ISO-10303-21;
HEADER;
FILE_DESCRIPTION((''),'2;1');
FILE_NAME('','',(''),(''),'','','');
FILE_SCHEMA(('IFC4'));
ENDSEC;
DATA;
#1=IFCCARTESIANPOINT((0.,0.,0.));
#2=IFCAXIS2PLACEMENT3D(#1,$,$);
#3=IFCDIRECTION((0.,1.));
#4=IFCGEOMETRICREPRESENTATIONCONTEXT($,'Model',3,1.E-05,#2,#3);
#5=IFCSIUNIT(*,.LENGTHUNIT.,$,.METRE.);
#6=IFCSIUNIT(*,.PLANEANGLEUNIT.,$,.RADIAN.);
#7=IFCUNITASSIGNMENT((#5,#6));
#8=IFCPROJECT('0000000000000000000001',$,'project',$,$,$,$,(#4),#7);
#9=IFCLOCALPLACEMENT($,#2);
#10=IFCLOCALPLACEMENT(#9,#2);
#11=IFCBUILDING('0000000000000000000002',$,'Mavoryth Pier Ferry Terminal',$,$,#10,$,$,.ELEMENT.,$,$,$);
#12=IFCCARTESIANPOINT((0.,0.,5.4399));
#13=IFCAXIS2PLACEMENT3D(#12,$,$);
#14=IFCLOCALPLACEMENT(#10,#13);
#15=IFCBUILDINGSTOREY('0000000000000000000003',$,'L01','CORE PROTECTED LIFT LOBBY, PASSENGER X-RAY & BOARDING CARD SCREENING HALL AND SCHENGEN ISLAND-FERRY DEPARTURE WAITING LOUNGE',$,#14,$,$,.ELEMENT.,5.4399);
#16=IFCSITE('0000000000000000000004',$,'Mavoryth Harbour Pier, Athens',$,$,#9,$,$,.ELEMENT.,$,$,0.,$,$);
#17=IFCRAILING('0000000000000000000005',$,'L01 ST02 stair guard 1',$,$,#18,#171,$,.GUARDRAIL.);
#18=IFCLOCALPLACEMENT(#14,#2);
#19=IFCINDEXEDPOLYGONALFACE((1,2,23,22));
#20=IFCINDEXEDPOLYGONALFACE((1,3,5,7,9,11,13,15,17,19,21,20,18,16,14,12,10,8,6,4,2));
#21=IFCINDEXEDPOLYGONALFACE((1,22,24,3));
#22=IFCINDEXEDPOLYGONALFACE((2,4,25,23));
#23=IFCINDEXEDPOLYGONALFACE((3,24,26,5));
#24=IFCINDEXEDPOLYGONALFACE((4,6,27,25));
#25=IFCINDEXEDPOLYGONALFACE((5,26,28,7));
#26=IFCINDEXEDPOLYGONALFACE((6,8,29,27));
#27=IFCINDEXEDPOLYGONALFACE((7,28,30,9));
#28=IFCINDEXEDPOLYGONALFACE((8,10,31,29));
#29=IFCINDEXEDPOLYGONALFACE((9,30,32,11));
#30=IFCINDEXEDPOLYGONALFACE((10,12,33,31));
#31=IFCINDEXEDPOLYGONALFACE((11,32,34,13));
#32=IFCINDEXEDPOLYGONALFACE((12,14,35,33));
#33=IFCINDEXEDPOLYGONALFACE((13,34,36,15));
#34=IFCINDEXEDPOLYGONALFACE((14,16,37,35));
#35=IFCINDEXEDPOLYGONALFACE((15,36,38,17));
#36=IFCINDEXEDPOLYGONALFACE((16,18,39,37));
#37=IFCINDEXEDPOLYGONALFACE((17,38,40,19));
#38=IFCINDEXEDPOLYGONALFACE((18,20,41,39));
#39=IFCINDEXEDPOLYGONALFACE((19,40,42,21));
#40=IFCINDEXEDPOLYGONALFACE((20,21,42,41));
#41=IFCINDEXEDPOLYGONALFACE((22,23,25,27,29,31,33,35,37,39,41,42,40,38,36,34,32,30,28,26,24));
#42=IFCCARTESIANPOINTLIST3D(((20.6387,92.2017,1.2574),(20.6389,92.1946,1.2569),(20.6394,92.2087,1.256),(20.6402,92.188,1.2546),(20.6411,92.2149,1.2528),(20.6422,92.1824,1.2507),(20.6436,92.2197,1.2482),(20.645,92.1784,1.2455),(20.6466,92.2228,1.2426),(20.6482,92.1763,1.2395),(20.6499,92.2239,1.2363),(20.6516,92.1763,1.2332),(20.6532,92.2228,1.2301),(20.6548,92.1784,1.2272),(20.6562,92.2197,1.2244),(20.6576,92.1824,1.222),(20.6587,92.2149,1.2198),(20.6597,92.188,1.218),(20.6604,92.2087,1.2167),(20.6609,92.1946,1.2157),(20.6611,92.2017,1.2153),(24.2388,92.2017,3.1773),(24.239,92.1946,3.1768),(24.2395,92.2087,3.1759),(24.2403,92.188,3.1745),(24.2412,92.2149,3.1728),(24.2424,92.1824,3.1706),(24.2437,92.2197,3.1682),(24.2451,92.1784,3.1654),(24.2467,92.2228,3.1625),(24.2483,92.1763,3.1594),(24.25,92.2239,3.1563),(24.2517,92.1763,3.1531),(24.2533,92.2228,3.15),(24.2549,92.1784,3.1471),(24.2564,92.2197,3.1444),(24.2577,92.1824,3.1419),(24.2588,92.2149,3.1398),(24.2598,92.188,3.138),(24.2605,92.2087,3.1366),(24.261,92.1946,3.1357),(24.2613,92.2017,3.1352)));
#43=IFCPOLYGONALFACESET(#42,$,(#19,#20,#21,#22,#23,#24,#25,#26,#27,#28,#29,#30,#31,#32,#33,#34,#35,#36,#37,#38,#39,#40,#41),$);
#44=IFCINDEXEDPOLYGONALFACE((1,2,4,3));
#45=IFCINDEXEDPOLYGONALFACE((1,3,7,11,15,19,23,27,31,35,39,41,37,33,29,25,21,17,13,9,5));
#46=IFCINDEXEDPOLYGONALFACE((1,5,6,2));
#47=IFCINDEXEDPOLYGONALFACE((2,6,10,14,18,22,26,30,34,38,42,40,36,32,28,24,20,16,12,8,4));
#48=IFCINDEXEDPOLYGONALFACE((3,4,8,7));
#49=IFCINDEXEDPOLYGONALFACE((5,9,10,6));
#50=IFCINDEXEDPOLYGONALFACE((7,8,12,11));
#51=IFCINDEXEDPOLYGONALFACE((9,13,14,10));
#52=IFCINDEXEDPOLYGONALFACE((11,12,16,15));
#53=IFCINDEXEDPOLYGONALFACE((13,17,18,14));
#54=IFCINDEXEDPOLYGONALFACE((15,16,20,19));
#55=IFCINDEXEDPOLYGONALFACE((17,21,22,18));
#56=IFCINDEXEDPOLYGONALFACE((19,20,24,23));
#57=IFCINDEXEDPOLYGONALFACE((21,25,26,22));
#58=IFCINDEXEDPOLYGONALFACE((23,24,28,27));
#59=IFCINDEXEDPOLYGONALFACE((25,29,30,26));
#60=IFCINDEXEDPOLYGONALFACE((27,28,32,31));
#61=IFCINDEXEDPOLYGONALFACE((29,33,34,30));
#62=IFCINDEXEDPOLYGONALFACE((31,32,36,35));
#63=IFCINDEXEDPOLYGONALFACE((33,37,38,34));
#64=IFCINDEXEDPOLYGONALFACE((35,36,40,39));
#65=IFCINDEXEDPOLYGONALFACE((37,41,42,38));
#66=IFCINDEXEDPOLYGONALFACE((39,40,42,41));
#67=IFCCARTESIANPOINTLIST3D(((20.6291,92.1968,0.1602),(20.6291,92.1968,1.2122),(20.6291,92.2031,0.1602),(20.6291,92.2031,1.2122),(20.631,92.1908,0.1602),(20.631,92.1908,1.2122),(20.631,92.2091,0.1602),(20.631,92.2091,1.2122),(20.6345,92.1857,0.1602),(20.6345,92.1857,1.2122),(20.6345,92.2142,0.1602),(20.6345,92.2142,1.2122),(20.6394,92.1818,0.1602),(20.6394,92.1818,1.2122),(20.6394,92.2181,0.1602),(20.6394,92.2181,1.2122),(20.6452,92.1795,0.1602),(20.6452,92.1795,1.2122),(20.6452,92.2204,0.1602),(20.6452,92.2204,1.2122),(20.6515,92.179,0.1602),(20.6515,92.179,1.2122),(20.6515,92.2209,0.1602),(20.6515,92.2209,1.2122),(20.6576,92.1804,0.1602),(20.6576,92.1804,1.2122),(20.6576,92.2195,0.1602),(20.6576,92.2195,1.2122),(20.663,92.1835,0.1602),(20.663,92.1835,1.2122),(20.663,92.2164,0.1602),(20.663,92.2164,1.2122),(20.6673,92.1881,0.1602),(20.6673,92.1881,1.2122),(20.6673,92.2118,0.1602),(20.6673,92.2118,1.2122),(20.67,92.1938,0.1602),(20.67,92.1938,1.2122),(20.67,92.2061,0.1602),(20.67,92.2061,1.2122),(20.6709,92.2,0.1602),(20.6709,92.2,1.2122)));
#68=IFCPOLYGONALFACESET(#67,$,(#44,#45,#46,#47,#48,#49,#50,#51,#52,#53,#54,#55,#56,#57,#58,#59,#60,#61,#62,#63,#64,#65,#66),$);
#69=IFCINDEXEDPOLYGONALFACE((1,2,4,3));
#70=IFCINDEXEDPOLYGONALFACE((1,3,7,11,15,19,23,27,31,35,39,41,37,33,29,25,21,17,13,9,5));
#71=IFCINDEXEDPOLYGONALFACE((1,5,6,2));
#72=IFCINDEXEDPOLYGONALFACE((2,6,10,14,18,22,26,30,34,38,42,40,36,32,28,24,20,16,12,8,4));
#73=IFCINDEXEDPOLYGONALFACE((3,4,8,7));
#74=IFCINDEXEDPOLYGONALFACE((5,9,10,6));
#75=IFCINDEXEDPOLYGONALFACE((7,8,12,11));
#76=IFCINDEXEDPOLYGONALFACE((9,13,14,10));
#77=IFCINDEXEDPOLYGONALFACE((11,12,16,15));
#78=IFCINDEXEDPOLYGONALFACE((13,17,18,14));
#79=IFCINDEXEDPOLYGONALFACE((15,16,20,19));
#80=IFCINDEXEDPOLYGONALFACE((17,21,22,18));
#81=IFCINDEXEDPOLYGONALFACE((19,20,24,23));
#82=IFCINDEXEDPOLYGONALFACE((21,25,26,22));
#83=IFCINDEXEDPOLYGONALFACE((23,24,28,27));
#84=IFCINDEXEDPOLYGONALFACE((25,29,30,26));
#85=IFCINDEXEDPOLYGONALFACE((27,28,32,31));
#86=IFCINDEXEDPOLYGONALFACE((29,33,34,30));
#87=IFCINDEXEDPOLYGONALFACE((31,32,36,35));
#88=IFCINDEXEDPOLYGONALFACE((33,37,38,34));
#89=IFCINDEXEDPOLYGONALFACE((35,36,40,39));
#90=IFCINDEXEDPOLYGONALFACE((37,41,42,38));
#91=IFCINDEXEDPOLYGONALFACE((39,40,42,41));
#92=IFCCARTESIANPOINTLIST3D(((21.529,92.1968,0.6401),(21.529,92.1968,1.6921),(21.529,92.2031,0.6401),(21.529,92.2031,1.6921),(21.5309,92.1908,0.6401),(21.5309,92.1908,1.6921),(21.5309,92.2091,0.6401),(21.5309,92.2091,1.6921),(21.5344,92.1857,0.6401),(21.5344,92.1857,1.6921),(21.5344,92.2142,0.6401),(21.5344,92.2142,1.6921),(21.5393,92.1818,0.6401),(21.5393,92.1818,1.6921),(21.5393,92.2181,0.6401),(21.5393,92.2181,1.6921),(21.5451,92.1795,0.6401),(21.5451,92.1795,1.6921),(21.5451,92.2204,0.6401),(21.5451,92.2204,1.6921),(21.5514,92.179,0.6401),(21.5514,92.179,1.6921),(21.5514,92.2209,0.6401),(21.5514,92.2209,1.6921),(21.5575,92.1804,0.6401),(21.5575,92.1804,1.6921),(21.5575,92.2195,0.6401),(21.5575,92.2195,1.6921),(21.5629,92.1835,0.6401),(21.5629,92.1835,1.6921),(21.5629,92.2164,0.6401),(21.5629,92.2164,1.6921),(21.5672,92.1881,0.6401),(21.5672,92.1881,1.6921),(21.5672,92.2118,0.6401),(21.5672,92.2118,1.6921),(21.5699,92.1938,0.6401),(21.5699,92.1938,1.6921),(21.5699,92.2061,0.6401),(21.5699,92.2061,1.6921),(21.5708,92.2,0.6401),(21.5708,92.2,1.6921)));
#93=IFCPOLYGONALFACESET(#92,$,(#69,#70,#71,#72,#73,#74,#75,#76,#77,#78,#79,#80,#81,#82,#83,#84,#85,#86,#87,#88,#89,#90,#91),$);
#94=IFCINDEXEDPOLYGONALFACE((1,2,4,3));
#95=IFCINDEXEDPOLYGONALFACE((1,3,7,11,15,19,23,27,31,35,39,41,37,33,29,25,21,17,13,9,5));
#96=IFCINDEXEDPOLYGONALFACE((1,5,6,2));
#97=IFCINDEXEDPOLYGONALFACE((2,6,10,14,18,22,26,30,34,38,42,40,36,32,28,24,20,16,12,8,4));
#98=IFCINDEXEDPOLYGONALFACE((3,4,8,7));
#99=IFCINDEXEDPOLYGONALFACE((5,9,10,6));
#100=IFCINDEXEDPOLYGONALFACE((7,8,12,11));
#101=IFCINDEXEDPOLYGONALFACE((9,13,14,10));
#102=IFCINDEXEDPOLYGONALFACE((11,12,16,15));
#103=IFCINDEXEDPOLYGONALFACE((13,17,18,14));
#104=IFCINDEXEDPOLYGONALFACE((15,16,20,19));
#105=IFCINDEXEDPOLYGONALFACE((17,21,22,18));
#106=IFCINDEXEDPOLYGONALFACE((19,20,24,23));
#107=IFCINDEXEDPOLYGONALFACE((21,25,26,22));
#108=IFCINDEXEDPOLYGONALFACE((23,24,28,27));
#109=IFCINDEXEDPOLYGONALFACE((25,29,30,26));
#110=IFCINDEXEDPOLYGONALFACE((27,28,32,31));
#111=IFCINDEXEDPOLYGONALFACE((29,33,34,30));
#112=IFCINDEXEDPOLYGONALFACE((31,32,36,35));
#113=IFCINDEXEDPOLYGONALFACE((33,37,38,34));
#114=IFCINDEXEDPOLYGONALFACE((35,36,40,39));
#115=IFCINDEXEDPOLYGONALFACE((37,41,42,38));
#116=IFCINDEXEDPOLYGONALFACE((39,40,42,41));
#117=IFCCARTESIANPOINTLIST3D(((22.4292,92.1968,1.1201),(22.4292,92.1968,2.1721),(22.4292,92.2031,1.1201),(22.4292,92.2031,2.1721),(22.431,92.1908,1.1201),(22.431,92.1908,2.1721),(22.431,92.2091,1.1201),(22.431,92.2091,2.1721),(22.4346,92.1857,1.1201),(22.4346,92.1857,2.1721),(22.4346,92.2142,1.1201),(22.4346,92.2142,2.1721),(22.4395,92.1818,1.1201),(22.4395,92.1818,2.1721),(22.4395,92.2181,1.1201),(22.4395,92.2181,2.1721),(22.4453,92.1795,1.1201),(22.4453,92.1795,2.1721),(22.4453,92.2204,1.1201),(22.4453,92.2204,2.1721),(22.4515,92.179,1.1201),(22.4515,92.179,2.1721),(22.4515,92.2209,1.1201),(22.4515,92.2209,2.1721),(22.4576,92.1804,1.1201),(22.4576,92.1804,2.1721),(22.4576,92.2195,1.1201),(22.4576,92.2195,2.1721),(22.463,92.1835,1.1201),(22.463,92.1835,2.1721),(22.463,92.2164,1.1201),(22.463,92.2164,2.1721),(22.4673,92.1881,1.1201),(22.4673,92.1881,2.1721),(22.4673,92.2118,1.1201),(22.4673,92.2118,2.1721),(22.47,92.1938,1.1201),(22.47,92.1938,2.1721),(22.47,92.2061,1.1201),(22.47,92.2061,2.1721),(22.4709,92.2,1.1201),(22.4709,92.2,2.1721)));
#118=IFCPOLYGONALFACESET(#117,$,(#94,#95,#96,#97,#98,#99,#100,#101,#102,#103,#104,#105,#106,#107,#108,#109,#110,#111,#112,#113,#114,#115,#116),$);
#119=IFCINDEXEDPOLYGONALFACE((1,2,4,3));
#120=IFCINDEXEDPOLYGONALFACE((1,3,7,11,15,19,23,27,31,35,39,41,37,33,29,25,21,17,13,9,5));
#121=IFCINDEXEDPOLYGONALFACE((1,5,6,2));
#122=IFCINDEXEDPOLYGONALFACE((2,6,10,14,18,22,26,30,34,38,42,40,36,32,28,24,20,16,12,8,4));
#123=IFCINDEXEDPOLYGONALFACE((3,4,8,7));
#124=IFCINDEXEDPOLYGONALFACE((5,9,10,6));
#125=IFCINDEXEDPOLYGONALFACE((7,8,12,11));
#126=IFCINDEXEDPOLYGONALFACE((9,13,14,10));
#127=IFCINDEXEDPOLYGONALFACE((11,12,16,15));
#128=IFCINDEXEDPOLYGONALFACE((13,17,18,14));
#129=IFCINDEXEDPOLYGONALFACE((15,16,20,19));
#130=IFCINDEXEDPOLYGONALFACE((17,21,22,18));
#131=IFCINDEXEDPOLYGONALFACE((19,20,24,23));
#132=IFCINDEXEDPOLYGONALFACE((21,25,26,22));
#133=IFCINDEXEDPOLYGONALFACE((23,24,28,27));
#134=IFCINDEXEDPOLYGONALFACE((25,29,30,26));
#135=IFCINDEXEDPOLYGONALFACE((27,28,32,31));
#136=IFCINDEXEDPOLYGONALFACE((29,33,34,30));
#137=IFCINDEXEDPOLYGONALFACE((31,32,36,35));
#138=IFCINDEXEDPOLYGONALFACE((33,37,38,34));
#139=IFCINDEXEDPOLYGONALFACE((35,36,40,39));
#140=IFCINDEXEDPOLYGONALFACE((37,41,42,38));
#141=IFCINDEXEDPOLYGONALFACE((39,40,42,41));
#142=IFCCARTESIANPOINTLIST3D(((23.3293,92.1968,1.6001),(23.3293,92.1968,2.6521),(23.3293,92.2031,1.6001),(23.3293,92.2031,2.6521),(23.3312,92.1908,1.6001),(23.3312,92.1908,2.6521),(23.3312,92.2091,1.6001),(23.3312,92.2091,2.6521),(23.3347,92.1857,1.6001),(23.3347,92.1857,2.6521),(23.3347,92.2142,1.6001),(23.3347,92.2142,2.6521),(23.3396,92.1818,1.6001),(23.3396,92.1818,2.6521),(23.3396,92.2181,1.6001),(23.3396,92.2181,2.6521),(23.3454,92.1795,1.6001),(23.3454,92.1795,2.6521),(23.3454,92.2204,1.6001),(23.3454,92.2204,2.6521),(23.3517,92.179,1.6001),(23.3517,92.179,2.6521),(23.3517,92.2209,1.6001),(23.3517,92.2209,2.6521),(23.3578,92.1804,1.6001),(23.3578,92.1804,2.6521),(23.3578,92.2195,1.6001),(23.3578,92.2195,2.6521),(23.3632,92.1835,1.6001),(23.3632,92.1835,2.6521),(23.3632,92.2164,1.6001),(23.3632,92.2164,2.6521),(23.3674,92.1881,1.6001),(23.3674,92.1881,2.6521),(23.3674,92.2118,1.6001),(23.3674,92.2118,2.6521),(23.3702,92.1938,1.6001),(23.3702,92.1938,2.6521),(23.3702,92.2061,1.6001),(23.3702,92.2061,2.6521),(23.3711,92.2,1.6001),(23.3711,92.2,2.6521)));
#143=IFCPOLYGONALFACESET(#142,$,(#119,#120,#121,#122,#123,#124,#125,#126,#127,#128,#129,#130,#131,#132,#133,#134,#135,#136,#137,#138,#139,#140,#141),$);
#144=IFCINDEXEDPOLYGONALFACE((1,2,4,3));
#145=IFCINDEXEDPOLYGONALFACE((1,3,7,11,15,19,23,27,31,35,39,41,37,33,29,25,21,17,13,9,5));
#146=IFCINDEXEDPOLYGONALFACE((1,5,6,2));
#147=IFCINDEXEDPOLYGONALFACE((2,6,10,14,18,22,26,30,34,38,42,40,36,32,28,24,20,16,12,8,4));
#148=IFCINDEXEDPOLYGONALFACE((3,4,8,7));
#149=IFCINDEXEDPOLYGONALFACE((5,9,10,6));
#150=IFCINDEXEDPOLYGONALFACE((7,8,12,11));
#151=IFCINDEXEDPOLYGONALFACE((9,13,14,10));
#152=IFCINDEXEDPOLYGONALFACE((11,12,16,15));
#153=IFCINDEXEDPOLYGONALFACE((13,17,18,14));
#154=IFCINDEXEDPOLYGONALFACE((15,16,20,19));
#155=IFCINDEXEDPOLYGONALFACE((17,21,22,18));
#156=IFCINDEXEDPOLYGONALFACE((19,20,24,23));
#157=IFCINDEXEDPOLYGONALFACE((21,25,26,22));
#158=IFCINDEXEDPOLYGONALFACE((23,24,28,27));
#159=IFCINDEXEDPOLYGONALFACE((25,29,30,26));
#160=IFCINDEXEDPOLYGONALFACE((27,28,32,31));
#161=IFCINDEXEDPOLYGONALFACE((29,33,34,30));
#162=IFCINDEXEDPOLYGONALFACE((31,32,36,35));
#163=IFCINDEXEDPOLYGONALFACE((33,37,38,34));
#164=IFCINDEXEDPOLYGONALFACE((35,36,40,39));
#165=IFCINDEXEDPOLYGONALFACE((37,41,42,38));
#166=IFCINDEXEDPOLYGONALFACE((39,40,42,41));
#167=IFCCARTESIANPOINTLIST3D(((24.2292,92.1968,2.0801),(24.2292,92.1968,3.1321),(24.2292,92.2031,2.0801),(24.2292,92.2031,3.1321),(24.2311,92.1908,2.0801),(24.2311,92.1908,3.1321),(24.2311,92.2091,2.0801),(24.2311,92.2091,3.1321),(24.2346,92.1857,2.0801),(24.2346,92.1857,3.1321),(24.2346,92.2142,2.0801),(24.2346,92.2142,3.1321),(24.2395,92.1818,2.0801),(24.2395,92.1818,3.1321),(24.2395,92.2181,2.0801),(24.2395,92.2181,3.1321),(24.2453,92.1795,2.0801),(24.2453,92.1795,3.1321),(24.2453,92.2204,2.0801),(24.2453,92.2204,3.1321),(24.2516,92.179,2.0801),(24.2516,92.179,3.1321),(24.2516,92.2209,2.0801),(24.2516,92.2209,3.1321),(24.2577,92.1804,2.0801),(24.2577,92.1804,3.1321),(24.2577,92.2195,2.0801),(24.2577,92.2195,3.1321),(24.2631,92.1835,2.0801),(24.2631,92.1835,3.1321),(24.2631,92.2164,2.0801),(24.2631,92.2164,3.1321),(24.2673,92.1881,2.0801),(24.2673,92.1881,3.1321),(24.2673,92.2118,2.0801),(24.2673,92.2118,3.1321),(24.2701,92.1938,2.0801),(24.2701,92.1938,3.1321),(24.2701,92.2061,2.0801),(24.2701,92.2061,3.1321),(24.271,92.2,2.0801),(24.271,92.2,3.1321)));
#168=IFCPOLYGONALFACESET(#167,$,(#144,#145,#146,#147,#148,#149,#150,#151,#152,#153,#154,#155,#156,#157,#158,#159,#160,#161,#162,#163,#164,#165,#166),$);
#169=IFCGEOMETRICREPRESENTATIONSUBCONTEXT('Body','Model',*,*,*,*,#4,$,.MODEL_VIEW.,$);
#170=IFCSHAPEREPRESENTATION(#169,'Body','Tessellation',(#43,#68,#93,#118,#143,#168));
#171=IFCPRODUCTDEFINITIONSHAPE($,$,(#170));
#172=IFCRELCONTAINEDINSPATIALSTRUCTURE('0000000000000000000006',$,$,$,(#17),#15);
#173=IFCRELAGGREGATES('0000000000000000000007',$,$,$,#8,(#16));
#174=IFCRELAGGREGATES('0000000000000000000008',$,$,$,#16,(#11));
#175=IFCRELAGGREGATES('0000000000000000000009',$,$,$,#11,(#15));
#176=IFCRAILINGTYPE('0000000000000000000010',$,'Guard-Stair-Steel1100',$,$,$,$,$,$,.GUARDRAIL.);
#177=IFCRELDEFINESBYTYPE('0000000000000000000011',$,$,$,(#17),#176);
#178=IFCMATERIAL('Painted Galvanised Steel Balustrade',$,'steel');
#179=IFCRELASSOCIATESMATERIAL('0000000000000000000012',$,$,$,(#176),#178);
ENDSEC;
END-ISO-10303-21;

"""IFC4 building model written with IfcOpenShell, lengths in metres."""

from ifc_helpers import new_model, si_unit, direction, frame, origin, origin_2d, place, context, subcontext, project, spatial, circle, extrude, material, type_object, element, save


model = new_model("IFC4")

# Units and contexts
model_context = context("Model", 3, precision=1e-05, world=origin(), true_north=direction((0.0, 1.0)))
body_context = subcontext(model_context, "Body", "Model", "MODEL_VIEW")
ifc_project = project(units=[si_unit("LENGTHUNIT", "METRE"), si_unit("PLANEANGLEUNIT", "RADIAN")], contexts=[model_context])

# Site, building, storey
site_placement = place(None, origin())
site = spatial("IfcSite", under=ifc_project, at=site_placement, Name="Mavoryth Harbour Pier, Athens", CompositionType="ELEMENT", RefElevation=0.0)
building_placement = place(site_placement, origin())
building = spatial("IfcBuilding", under=site, at=building_placement, Name="Mavoryth Pier Ferry Terminal", CompositionType="ELEMENT")
storey_placement = place(building_placement, frame((0.0, 0.0, 5.4399)))
storey = spatial("IfcBuildingStorey", under=building, at=storey_placement, Name="L01", Description="CORE PROTECTED LIFT LOBBY, PASSENGER X-RAY & BOARDING CARD SCREENING HALL AND SCHENGEN ISLAND-FERRY DEPARTURE WAITING LOUNGE", CompositionType="ELEMENT", Elevation=5.4399)

# Railing
ifc_material_1 = material(Name="Painted Galvanised Steel Balustrade", Category="steel")
railing_type_1 = type_object("IfcRailingType", Name="Guard-Stair-Steel1100", PredefinedType="GUARDRAIL", material=ifc_material_1)
railing_1_placement = place(storey_placement, frame((20.6499, 92.2, 0.1602)))
element("IfcRailing", 1, at=railing_1_placement, inside=storey, type_object=railing_type_1, Name="L01 ST02 stair guard 1", PredefinedType="GUARDRAIL", context=body_context, shape_type="SweptSolid", body=[
    extrude(circle(Radius=0.0239, at=origin_2d()), frame((0.0, 0.0, 1.0762), z_axis=(0.882366, 0.0, 0.470563), x_axis=(0.0, 1.0, 0.0)), (0.0, 0.0, 1.0), 4.0801),
    extrude(circle(Radius=0.021, at=origin_2d()), origin(), (0.0, 0.0, 1.0), 1.052),
    extrude(circle(Radius=0.021, at=origin_2d()), frame((0.8999, 0.0, 0.48)), (0.0, 0.0, 1.0), 1.052),
    extrude(circle(Radius=0.021, at=origin_2d()), frame((1.8, 0.0, 0.96)), (0.0, 0.0, 1.0), 1.052),
    extrude(circle(Radius=0.021, at=origin_2d()), frame((2.7002, 0.0, 1.4399)), (0.0, 0.0, 1.0), 1.052),
    extrude(circle(Radius=0.021, at=origin_2d()), frame((3.6001, 0.0, 1.9199)), (0.0, 0.0, 1.0), 1.052),
])

save(model, "model.ifc")
